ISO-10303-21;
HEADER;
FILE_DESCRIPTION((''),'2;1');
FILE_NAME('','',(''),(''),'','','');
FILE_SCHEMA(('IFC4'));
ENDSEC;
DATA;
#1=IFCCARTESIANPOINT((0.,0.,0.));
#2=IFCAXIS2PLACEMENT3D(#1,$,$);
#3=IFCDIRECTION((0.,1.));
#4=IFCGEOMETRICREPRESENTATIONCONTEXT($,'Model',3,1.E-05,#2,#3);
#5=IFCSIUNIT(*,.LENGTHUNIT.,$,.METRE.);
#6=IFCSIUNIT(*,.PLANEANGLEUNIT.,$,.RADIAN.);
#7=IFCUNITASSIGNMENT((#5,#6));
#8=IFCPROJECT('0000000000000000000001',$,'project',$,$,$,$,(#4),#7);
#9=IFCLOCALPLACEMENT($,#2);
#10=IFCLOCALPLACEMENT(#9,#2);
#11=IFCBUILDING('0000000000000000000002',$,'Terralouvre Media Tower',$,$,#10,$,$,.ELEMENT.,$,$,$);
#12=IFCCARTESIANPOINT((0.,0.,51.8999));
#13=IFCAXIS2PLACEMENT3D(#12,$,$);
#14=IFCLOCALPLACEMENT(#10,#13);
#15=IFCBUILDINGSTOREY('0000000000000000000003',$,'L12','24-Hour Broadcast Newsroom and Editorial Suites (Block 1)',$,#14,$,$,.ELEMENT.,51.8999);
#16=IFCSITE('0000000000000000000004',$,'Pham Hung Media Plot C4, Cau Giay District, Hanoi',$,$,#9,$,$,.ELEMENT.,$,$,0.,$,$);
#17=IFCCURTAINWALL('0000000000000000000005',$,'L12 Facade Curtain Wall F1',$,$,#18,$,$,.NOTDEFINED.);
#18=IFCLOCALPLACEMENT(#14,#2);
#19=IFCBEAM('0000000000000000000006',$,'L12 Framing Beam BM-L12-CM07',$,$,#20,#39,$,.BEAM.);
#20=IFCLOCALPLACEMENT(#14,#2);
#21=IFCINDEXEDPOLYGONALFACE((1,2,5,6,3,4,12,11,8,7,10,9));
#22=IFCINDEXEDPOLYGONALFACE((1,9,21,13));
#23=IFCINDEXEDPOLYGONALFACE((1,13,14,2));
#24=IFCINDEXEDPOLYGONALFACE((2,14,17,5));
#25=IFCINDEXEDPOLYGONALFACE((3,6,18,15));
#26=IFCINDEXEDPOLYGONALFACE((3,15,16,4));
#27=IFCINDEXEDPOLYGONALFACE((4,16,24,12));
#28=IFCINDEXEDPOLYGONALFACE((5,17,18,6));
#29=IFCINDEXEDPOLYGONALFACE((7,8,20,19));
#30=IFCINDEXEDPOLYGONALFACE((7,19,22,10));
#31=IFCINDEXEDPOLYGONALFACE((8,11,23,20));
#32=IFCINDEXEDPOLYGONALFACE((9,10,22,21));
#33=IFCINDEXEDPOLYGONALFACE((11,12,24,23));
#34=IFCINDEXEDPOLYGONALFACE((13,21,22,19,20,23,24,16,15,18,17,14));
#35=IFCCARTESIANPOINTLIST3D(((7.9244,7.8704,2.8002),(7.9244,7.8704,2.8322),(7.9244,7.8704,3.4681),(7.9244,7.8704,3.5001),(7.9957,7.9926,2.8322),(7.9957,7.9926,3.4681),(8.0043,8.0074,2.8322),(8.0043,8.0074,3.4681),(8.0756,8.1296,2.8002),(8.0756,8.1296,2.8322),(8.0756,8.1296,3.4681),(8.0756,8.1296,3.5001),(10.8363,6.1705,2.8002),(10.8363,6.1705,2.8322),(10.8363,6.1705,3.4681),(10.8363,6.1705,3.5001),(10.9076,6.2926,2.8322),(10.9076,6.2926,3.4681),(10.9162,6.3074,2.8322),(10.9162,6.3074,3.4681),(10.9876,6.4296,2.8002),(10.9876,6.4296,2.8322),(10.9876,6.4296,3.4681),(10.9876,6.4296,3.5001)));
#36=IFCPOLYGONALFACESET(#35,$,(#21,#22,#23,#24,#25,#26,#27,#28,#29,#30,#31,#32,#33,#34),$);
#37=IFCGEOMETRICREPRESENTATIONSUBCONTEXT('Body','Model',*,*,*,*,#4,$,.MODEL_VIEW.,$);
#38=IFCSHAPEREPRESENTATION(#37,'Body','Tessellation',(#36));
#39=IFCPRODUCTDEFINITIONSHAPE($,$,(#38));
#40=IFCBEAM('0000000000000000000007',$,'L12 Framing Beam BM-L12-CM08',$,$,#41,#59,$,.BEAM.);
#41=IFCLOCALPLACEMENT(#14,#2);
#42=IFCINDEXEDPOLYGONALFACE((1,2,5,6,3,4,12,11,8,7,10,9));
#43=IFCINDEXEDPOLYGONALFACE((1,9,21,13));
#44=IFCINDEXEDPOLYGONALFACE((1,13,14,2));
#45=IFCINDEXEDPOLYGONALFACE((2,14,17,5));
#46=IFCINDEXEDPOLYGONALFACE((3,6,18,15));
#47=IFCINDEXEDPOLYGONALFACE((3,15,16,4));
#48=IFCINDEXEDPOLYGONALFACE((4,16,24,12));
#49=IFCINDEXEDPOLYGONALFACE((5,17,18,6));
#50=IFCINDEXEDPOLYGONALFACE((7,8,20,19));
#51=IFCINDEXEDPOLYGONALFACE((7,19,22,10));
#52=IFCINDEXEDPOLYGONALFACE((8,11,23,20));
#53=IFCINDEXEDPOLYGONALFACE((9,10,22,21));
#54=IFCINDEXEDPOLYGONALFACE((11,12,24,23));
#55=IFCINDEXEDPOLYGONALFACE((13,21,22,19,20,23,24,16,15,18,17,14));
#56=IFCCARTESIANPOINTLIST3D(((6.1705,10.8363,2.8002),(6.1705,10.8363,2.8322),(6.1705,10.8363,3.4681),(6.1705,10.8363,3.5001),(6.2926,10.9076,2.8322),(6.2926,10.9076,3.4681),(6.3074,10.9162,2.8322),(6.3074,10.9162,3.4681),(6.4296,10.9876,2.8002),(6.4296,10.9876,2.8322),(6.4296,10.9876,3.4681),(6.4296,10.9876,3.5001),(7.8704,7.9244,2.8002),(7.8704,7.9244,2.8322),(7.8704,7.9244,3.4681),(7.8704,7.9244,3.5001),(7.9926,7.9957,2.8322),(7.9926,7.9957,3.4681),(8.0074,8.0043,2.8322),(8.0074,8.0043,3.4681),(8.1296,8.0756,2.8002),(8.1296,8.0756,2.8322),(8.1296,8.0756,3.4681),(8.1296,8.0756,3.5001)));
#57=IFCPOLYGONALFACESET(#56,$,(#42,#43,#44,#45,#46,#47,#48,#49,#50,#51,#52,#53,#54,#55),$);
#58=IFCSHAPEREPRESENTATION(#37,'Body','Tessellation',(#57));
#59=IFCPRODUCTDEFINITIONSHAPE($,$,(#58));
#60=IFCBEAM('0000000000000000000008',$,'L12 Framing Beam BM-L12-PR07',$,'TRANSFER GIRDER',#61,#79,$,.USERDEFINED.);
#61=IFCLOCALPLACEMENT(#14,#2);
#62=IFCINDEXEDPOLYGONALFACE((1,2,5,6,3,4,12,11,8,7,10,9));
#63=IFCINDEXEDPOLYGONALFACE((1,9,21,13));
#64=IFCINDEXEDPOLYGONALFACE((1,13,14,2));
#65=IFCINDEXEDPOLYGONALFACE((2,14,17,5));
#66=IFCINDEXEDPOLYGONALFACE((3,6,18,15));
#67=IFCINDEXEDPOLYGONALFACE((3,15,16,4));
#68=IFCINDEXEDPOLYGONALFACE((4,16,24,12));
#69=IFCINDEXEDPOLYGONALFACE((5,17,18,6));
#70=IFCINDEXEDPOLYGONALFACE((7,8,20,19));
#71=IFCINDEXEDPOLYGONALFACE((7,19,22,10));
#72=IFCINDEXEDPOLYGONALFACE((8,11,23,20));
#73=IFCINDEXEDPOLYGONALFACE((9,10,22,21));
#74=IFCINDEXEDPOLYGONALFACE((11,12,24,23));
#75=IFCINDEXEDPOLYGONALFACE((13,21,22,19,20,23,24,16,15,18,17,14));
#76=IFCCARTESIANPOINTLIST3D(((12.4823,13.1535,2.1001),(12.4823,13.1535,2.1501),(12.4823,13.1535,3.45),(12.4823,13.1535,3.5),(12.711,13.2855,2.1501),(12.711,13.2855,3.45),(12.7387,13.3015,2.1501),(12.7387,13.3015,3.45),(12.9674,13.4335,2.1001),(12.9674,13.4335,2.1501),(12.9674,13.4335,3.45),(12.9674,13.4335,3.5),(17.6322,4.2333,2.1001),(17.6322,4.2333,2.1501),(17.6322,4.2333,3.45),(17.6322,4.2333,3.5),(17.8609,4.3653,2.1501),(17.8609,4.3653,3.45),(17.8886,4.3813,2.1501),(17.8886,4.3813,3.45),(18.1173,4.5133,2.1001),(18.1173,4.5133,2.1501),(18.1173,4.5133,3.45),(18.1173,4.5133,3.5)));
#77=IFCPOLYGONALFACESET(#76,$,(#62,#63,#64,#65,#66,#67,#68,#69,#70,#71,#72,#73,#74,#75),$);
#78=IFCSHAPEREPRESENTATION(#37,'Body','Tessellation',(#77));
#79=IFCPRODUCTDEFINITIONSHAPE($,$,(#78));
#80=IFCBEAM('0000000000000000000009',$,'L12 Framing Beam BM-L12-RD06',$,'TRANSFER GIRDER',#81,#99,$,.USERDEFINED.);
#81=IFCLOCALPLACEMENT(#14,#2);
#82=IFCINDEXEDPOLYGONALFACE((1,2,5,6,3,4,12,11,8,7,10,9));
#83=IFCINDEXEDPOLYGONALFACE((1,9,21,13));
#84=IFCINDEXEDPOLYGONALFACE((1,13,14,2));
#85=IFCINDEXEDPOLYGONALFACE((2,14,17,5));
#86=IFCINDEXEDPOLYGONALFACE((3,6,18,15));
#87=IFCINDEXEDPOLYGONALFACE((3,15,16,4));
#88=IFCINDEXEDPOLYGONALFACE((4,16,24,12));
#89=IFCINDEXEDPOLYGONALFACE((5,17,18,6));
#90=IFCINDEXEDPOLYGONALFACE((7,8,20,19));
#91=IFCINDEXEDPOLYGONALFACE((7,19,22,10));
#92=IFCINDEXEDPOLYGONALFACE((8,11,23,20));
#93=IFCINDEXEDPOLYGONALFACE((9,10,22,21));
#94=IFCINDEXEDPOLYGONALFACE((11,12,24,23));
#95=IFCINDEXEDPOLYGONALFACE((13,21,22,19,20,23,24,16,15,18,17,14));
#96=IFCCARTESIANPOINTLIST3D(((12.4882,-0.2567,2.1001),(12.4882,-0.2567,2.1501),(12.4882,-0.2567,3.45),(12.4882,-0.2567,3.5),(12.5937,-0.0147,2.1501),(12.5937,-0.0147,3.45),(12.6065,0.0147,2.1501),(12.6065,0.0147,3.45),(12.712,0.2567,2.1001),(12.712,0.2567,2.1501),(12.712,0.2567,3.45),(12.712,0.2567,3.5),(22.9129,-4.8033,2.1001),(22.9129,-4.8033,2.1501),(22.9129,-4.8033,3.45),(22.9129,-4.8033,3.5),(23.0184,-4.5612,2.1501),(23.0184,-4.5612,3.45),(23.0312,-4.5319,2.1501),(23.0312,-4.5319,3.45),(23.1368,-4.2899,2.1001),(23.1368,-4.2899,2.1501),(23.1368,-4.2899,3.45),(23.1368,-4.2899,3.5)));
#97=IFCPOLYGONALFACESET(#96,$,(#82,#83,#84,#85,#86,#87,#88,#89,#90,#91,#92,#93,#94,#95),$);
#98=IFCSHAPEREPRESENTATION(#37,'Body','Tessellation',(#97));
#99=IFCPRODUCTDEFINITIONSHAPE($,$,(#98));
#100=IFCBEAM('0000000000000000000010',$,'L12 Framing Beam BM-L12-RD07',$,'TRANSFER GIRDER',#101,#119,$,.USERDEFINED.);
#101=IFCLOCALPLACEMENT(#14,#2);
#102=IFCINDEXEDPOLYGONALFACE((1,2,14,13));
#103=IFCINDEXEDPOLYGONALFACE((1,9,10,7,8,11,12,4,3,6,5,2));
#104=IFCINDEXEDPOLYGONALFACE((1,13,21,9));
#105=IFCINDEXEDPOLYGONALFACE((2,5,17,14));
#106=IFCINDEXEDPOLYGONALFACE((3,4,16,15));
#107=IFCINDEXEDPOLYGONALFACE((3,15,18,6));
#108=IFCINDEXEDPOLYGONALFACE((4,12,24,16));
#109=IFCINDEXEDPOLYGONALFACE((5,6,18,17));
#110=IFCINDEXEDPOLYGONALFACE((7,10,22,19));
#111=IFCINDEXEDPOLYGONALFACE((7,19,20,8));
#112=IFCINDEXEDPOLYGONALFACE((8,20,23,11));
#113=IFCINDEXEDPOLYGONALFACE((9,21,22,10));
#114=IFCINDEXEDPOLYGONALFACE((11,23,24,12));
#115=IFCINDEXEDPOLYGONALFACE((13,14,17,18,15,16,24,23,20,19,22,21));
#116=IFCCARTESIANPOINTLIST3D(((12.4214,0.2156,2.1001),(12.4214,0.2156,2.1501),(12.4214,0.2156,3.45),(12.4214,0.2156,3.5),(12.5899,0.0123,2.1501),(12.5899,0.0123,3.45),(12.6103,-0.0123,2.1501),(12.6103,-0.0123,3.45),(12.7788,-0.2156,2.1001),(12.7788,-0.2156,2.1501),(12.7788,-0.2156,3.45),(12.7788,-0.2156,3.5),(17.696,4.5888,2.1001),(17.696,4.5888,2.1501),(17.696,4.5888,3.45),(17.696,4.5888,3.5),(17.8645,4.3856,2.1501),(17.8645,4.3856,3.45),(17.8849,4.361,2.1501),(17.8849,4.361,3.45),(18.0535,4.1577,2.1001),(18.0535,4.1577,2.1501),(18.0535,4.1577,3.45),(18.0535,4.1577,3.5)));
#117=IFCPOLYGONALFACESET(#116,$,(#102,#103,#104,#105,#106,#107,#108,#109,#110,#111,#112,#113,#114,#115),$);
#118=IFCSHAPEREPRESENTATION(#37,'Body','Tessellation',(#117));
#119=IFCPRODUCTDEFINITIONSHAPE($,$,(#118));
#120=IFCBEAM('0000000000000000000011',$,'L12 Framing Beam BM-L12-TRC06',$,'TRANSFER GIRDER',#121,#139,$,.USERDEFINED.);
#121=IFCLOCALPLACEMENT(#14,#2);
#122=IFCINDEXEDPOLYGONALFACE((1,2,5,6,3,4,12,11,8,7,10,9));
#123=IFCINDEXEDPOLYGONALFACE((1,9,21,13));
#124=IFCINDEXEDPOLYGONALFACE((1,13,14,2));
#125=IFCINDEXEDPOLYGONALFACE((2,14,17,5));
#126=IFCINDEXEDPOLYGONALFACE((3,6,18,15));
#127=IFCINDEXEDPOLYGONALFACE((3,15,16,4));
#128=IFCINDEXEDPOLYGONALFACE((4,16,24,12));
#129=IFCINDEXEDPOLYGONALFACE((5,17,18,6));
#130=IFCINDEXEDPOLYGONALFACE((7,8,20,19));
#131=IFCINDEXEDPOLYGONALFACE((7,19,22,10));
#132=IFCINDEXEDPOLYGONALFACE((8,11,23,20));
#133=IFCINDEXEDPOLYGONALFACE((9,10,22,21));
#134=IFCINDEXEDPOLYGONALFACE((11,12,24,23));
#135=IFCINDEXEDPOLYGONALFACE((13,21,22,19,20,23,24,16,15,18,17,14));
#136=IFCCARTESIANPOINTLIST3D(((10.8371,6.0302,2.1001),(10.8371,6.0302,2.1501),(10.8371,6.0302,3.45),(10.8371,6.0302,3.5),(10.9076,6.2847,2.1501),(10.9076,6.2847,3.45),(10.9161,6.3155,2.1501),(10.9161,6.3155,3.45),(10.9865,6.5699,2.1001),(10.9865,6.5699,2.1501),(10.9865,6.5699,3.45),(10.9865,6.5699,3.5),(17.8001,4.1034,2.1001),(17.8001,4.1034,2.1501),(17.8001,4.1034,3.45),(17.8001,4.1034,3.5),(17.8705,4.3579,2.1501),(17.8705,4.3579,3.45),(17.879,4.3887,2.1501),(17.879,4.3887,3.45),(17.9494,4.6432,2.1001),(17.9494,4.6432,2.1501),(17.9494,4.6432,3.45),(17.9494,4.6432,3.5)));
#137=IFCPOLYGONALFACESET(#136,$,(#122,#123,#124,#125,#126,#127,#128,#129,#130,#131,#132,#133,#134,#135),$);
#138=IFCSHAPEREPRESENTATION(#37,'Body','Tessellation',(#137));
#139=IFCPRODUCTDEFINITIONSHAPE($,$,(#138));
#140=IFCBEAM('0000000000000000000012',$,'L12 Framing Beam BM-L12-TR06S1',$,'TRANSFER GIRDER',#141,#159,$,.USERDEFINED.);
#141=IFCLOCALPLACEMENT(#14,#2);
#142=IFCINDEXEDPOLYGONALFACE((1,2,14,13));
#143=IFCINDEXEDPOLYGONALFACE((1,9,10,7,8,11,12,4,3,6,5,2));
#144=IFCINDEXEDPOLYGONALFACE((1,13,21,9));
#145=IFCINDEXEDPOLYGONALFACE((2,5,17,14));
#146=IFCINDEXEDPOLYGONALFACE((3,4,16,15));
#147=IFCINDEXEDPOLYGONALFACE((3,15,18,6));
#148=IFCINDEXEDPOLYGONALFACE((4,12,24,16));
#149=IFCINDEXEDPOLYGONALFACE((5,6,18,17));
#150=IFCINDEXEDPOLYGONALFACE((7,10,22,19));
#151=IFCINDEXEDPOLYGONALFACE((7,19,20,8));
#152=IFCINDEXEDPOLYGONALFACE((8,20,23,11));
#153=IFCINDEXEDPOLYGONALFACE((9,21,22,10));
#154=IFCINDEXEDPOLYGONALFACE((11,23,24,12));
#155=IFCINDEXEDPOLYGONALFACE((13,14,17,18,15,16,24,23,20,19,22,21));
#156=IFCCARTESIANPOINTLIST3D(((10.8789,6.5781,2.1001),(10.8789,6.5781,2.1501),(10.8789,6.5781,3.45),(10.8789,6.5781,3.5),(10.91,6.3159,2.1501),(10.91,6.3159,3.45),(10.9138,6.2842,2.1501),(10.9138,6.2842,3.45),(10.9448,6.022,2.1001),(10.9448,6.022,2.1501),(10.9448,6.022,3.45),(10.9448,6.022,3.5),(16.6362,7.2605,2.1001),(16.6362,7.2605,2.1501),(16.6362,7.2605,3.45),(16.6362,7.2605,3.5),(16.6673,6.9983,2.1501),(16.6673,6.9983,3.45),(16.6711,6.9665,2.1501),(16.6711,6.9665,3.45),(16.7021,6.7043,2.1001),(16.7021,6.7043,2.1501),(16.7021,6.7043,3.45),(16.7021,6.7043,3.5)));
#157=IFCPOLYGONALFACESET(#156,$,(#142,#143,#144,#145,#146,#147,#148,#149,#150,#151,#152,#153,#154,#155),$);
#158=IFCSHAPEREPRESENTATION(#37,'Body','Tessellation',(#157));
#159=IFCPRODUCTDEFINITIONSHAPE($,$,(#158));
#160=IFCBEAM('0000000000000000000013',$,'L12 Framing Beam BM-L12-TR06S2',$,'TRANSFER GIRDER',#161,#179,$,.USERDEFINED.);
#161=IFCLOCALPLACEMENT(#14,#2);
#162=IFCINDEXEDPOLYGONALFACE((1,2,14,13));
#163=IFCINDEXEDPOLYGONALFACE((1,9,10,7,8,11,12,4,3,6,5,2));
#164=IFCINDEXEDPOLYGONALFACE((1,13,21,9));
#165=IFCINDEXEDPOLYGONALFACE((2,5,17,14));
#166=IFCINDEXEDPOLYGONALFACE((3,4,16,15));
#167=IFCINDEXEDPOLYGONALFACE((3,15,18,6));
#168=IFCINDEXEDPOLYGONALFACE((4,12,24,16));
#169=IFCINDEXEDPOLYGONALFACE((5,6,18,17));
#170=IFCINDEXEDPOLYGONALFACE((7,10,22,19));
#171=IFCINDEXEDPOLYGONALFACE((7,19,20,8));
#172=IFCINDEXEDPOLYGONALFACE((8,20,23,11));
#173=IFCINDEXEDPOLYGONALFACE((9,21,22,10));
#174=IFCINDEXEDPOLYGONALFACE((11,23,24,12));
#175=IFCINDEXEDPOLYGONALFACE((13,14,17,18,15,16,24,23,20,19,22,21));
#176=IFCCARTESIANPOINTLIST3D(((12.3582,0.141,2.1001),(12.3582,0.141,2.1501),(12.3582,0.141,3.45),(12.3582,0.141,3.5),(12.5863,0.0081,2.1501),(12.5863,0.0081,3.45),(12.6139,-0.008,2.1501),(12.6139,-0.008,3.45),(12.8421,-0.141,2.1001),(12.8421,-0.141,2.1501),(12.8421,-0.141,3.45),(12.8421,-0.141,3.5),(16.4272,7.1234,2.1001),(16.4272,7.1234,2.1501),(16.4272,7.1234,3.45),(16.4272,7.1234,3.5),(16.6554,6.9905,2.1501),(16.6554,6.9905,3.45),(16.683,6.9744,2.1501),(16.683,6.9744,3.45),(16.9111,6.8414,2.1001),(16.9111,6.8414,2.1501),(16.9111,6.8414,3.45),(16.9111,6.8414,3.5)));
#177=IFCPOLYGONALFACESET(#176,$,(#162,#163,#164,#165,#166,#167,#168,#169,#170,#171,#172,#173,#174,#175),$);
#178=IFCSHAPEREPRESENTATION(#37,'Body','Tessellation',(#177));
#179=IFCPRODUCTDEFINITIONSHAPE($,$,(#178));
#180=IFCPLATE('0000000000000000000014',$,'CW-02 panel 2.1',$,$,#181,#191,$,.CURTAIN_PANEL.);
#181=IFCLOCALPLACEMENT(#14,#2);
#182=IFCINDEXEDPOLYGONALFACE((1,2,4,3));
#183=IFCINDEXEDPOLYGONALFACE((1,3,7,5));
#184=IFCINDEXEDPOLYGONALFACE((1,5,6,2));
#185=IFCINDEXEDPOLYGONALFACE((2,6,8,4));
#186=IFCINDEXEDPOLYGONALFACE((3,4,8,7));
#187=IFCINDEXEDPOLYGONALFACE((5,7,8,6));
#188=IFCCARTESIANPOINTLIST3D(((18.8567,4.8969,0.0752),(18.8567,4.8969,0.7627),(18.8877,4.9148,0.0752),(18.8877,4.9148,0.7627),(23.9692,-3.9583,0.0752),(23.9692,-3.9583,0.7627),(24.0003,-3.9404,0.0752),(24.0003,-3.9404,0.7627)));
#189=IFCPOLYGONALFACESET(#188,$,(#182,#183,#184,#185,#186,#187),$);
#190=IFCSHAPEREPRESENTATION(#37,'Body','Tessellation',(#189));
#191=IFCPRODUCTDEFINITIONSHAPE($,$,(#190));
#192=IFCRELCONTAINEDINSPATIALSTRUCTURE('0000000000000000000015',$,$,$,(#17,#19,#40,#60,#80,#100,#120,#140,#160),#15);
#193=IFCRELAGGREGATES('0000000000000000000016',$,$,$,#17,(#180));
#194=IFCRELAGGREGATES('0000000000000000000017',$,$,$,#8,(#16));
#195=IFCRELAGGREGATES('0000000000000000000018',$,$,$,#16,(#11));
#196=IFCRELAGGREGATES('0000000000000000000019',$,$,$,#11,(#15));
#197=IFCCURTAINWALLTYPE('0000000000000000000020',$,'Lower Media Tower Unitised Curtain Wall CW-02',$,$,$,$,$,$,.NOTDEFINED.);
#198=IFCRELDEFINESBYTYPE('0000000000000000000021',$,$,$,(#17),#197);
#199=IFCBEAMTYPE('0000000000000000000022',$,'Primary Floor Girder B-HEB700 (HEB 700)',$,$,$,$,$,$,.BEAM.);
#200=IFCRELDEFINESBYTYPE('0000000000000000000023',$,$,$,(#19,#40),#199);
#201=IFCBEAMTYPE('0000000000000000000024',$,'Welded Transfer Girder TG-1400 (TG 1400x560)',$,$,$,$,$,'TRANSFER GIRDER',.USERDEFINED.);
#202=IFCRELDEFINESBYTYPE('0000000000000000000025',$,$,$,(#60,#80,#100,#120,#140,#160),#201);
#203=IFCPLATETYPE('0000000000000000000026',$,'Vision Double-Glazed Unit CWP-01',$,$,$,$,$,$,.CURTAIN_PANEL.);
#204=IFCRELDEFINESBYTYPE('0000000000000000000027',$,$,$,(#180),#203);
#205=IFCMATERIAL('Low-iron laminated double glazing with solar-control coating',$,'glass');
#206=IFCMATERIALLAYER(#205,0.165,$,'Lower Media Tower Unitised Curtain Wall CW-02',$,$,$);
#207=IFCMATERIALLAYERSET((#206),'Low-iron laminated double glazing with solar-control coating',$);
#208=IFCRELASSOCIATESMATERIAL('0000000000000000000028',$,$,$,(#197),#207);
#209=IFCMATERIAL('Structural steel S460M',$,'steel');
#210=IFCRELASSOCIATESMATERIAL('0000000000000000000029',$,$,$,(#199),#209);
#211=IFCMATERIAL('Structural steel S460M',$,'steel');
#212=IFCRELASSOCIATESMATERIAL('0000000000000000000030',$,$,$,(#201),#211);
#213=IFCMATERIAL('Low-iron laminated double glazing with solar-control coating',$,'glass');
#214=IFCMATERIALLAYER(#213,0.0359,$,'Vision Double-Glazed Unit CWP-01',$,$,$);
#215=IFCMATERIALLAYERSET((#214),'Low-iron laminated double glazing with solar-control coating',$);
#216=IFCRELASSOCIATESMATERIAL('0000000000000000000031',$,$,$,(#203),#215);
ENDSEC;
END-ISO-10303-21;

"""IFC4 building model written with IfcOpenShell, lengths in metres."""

from ifc_helpers import new_model, si_unit, direction, frame, origin, origin_2d, place, context, subcontext, project, spatial, rectangle, i_section, extrude, material, layer, layer_set, material_profile, profile_set, type_object, element, aggregate, save


model = new_model("IFC4")

# Units and contexts
model_context = context("Model", 3, precision=1e-05, world=origin(), true_north=direction((0.0, 1.0)))
body_context = subcontext(model_context, "Body", "Model", "MODEL_VIEW")
ifc_project = project(units=[si_unit("LENGTHUNIT", "METRE"), si_unit("PLANEANGLEUNIT", "RADIAN")], contexts=[model_context])

# Site, building, storey
site_placement = place(None, origin())
site = spatial("IfcSite", under=ifc_project, at=site_placement, Name="Pham Hung Media Plot C4, Cau Giay District, Hanoi", CompositionType="ELEMENT", RefElevation=0.0)
building_placement = place(site_placement, origin())
building = spatial("IfcBuilding", under=site, at=building_placement, Name="Terralouvre Media Tower", CompositionType="ELEMENT")
storey_placement = place(building_placement, frame((0.0, 0.0, 51.8999)))
storey = spatial("IfcBuildingStorey", under=building, at=storey_placement, Name="L12", Description="24-Hour Broadcast Newsroom and Editorial Suites (Block 1)", CompositionType="ELEMENT", Elevation=51.8999)

# Curtain wall
ifc_material_1 = material(Name="Low-iron laminated double glazing with solar-control coating", Category="glass")
ifc_layer_1 = layer(ifc_material_1, 0.165, Name="Lower Media Tower Unitised Curtain Wall CW-02")
ifc_layer_set_1 = layer_set([ifc_layer_1], Name="Low-iron laminated double glazing with solar-control coating")
curtain_wall_type = type_object("IfcCurtainWallType", Name="Lower Media Tower Unitised Curtain Wall CW-02", PredefinedType="NOTDEFINED", material=ifc_layer_set_1)
curtain_wall_placement = place(storey_placement, origin())
curtain_wall = element("IfcCurtainWall", 1, at=curtain_wall_placement, inside=storey, type_object=curtain_wall_type, Name="L12 Facade Curtain Wall F1", PredefinedType="NOTDEFINED")

# Beams
ifc_material_2 = material(Name="Structural steel S460M", Category="steel")
ifc_material_profile_1 = material_profile(ifc_material_2, i_section(OverallWidth=0.3, OverallDepth=0.7, WebThickness=0.0171, FlangeThickness=0.032, at=origin_2d()), Name="HEB 700")
ifc_profile_set_1 = profile_set([ifc_material_profile_1], Name="Structural steel S460M")
beam_type_1 = type_object("IfcBeamType", Name="Primary Floor Girder B-HEB700 (HEB 700)", PredefinedType="BEAM", material=ifc_profile_set_1)
for number, where, z_axis, x_axis, name in (
    (2, (8.0, 8.0, 3.1501), (0.863603, -0.504173, 0.0), (0.504173, 0.863603, 0.0), "L12 Framing Beam BM-L12-CM07"),
    (3, (8.0, 8.0, 3.1501), (-0.504173, 0.863603, 0.0), (-0.863603, -0.504173, 0.0), "L12 Framing Beam BM-L12-CM08"),
):
    element("IfcBeam", number, at=place(storey_placement, frame(where, z_axis=z_axis, x_axis=x_axis)), inside=storey, type_object=beam_type_1, Name=name, PredefinedType="BEAM", context=body_context, shape_type="SweptSolid", body=[
        extrude(i_section(OverallWidth=0.3, OverallDepth=0.7, WebThickness=0.0171, FlangeThickness=0.032, at=origin_2d()), origin(), (0.0, 0.0, 1.0), 3.3718),
    ])
ifc_material_3 = material(Name="Structural steel S460M", Category="steel")
ifc_material_profile_2 = material_profile(ifc_material_3, i_section(OverallWidth=0.5601, OverallDepth=1.3999, WebThickness=0.032, FlangeThickness=0.05, at=origin_2d()), Name="TG 1400x560")
ifc_profile_set_2 = profile_set([ifc_material_profile_2], Name="Structural steel S460M")
beam_type_2 = type_object("IfcBeamType", Name="Welded Transfer Girder TG-1400 (TG 1400x560)", ElementType="TRANSFER GIRDER", PredefinedType="USERDEFINED", material=ifc_profile_set_2)
beam_1_placement = place(storey_placement, frame((17.8748, 4.3733, 2.8), z_axis=(-0.499989, 0.866032, 0.0), x_axis=(-0.866032, -0.499989, 0.0)))
element("IfcBeam", 4, at=beam_1_placement, inside=storey, type_object=beam_type_2, Name="L12 Framing Beam BM-L12-PR07", ObjectType="TRANSFER GIRDER", PredefinedType="USERDEFINED", context=body_context, shape_type="SweptSolid", body=[
    extrude(i_section(OverallWidth=0.5601, OverallDepth=1.3999, WebThickness=0.032, FlangeThickness=0.05, at=origin_2d()), origin(), (0.0, 0.0, 1.0), 10.3),
])
beam_2_placement = place(storey_placement, frame((12.6001, 0.0, 2.8), z_axis=(0.916616, -0.399769, 0.0), x_axis=(0.399769, 0.916616, 0.0)))
element("IfcBeam", 5, at=beam_2_placement, inside=storey, type_object=beam_type_2, Name="L12 Framing Beam BM-L12-RD06", ObjectType="TRANSFER GIRDER", PredefinedType="USERDEFINED", context=body_context, shape_type="SweptSolid", body=[
    extrude(i_section(OverallWidth=0.5601, OverallDepth=1.3999, WebThickness=0.032, FlangeThickness=0.05, at=origin_2d()), origin(), (0.0, 0.0, 1.0), 11.373),
])
beam_3_placement = place(storey_placement, frame((12.6001, 0.0, 2.8), z_axis=(0.769816, 0.638265, 0.0), x_axis=(-0.638265, 0.769816, 0.0)))
element("IfcBeam", 6, at=beam_3_placement, inside=storey, type_object=beam_type_2, Name="L12 Framing Beam BM-L12-RD07", ObjectType="TRANSFER GIRDER", PredefinedType="USERDEFINED", context=body_context, shape_type="SweptSolid", body=[
    extrude(i_section(OverallWidth=0.5601, OverallDepth=1.3999, WebThickness=0.032, FlangeThickness=0.05, at=origin_2d()), origin(), (0.0, 0.0, 1.0), 6.8518),
])
beam_4_placement = place(storey_placement, frame((17.8748, 4.3733, 2.8), z_axis=(-0.963781, 0.266696, 0.0), x_axis=(-0.266696, -0.963781, 0.0)))
element("IfcBeam", 7, at=beam_4_placement, inside=storey, type_object=beam_type_2, Name="L12 Framing Beam BM-L12-TRC06", ObjectType="TRANSFER GIRDER", PredefinedType="USERDEFINED", context=body_context, shape_type="SweptSolid", body=[
    extrude(i_section(OverallWidth=0.5601, OverallDepth=1.3999, WebThickness=0.032, FlangeThickness=0.05, at=origin_2d()), origin(), (0.0, 0.0, 1.0), 7.2246),
])
beam_5_placement = place(storey_placement, frame((16.6692, 6.9824, 2.8), z_axis=(-0.993049, -0.117699, 0.0), x_axis=(0.117699, -0.993049, 0.0)))
element("IfcBeam", 8, at=beam_5_placement, inside=storey, type_object=beam_type_2, Name="L12 Framing Beam BM-L12-TR06S1", ObjectType="TRANSFER GIRDER", PredefinedType="USERDEFINED", context=body_context, shape_type="SweptSolid", body=[
    extrude(i_section(OverallWidth=0.5601, OverallDepth=1.3999, WebThickness=0.032, FlangeThickness=0.05, at=origin_2d()), origin(), (0.0, 0.0, 1.0), 5.7976),
])
beam_6_placement = place(storey_placement, frame((16.6692, 6.9824, 2.8), z_axis=(-0.503503, -0.863994, 0.0), x_axis=(0.863994, -0.503503, 0.0)))
element("IfcBeam", 9, at=beam_6_placement, inside=storey, type_object=beam_type_2, Name="L12 Framing Beam BM-L12-TR06S2", ObjectType="TRANSFER GIRDER", PredefinedType="USERDEFINED", context=body_context, shape_type="SweptSolid", body=[
    extrude(i_section(OverallWidth=0.5601, OverallDepth=1.3999, WebThickness=0.032, FlangeThickness=0.05, at=origin_2d()), origin(), (0.0, 0.0, 1.0), 8.0815),
])

# Plate
ifc_material_4 = material(Name="Low-iron laminated double glazing with solar-control coating", Category="glass")
ifc_layer_2 = layer(ifc_material_4, 0.0359, Name="Vision Double-Glazed Unit CWP-01")
ifc_layer_set_2 = layer_set([ifc_layer_2], Name="Low-iron laminated double glazing with solar-control coating")
plate_type = type_object("IfcPlateType", Name="Vision Double-Glazed Unit CWP-01", PredefinedType="CURTAIN_PANEL", material=ifc_layer_set_2)
plate_1_placement = place(storey_placement, frame((21.4285, 0.4783, 0.0752), z_axis=(0.0, 0.0, 1.0), x_axis=(-0.5, 0.866025, 0.0)))
plate_1 = element("IfcPlate", 10, at=plate_1_placement, type_object=plate_type, Name="CW-02 panel 2.1", PredefinedType="CURTAIN_PANEL", context=body_context, shape_type="SweptSolid", body=[
    extrude(rectangle(XDim=10.2251, YDim=0.0359, at=origin_2d()), origin(), (0.0, 0.0, 1.0), 0.6875),
])
aggregate(curtain_wall, [plate_1])

save(model, "model.ifc")
